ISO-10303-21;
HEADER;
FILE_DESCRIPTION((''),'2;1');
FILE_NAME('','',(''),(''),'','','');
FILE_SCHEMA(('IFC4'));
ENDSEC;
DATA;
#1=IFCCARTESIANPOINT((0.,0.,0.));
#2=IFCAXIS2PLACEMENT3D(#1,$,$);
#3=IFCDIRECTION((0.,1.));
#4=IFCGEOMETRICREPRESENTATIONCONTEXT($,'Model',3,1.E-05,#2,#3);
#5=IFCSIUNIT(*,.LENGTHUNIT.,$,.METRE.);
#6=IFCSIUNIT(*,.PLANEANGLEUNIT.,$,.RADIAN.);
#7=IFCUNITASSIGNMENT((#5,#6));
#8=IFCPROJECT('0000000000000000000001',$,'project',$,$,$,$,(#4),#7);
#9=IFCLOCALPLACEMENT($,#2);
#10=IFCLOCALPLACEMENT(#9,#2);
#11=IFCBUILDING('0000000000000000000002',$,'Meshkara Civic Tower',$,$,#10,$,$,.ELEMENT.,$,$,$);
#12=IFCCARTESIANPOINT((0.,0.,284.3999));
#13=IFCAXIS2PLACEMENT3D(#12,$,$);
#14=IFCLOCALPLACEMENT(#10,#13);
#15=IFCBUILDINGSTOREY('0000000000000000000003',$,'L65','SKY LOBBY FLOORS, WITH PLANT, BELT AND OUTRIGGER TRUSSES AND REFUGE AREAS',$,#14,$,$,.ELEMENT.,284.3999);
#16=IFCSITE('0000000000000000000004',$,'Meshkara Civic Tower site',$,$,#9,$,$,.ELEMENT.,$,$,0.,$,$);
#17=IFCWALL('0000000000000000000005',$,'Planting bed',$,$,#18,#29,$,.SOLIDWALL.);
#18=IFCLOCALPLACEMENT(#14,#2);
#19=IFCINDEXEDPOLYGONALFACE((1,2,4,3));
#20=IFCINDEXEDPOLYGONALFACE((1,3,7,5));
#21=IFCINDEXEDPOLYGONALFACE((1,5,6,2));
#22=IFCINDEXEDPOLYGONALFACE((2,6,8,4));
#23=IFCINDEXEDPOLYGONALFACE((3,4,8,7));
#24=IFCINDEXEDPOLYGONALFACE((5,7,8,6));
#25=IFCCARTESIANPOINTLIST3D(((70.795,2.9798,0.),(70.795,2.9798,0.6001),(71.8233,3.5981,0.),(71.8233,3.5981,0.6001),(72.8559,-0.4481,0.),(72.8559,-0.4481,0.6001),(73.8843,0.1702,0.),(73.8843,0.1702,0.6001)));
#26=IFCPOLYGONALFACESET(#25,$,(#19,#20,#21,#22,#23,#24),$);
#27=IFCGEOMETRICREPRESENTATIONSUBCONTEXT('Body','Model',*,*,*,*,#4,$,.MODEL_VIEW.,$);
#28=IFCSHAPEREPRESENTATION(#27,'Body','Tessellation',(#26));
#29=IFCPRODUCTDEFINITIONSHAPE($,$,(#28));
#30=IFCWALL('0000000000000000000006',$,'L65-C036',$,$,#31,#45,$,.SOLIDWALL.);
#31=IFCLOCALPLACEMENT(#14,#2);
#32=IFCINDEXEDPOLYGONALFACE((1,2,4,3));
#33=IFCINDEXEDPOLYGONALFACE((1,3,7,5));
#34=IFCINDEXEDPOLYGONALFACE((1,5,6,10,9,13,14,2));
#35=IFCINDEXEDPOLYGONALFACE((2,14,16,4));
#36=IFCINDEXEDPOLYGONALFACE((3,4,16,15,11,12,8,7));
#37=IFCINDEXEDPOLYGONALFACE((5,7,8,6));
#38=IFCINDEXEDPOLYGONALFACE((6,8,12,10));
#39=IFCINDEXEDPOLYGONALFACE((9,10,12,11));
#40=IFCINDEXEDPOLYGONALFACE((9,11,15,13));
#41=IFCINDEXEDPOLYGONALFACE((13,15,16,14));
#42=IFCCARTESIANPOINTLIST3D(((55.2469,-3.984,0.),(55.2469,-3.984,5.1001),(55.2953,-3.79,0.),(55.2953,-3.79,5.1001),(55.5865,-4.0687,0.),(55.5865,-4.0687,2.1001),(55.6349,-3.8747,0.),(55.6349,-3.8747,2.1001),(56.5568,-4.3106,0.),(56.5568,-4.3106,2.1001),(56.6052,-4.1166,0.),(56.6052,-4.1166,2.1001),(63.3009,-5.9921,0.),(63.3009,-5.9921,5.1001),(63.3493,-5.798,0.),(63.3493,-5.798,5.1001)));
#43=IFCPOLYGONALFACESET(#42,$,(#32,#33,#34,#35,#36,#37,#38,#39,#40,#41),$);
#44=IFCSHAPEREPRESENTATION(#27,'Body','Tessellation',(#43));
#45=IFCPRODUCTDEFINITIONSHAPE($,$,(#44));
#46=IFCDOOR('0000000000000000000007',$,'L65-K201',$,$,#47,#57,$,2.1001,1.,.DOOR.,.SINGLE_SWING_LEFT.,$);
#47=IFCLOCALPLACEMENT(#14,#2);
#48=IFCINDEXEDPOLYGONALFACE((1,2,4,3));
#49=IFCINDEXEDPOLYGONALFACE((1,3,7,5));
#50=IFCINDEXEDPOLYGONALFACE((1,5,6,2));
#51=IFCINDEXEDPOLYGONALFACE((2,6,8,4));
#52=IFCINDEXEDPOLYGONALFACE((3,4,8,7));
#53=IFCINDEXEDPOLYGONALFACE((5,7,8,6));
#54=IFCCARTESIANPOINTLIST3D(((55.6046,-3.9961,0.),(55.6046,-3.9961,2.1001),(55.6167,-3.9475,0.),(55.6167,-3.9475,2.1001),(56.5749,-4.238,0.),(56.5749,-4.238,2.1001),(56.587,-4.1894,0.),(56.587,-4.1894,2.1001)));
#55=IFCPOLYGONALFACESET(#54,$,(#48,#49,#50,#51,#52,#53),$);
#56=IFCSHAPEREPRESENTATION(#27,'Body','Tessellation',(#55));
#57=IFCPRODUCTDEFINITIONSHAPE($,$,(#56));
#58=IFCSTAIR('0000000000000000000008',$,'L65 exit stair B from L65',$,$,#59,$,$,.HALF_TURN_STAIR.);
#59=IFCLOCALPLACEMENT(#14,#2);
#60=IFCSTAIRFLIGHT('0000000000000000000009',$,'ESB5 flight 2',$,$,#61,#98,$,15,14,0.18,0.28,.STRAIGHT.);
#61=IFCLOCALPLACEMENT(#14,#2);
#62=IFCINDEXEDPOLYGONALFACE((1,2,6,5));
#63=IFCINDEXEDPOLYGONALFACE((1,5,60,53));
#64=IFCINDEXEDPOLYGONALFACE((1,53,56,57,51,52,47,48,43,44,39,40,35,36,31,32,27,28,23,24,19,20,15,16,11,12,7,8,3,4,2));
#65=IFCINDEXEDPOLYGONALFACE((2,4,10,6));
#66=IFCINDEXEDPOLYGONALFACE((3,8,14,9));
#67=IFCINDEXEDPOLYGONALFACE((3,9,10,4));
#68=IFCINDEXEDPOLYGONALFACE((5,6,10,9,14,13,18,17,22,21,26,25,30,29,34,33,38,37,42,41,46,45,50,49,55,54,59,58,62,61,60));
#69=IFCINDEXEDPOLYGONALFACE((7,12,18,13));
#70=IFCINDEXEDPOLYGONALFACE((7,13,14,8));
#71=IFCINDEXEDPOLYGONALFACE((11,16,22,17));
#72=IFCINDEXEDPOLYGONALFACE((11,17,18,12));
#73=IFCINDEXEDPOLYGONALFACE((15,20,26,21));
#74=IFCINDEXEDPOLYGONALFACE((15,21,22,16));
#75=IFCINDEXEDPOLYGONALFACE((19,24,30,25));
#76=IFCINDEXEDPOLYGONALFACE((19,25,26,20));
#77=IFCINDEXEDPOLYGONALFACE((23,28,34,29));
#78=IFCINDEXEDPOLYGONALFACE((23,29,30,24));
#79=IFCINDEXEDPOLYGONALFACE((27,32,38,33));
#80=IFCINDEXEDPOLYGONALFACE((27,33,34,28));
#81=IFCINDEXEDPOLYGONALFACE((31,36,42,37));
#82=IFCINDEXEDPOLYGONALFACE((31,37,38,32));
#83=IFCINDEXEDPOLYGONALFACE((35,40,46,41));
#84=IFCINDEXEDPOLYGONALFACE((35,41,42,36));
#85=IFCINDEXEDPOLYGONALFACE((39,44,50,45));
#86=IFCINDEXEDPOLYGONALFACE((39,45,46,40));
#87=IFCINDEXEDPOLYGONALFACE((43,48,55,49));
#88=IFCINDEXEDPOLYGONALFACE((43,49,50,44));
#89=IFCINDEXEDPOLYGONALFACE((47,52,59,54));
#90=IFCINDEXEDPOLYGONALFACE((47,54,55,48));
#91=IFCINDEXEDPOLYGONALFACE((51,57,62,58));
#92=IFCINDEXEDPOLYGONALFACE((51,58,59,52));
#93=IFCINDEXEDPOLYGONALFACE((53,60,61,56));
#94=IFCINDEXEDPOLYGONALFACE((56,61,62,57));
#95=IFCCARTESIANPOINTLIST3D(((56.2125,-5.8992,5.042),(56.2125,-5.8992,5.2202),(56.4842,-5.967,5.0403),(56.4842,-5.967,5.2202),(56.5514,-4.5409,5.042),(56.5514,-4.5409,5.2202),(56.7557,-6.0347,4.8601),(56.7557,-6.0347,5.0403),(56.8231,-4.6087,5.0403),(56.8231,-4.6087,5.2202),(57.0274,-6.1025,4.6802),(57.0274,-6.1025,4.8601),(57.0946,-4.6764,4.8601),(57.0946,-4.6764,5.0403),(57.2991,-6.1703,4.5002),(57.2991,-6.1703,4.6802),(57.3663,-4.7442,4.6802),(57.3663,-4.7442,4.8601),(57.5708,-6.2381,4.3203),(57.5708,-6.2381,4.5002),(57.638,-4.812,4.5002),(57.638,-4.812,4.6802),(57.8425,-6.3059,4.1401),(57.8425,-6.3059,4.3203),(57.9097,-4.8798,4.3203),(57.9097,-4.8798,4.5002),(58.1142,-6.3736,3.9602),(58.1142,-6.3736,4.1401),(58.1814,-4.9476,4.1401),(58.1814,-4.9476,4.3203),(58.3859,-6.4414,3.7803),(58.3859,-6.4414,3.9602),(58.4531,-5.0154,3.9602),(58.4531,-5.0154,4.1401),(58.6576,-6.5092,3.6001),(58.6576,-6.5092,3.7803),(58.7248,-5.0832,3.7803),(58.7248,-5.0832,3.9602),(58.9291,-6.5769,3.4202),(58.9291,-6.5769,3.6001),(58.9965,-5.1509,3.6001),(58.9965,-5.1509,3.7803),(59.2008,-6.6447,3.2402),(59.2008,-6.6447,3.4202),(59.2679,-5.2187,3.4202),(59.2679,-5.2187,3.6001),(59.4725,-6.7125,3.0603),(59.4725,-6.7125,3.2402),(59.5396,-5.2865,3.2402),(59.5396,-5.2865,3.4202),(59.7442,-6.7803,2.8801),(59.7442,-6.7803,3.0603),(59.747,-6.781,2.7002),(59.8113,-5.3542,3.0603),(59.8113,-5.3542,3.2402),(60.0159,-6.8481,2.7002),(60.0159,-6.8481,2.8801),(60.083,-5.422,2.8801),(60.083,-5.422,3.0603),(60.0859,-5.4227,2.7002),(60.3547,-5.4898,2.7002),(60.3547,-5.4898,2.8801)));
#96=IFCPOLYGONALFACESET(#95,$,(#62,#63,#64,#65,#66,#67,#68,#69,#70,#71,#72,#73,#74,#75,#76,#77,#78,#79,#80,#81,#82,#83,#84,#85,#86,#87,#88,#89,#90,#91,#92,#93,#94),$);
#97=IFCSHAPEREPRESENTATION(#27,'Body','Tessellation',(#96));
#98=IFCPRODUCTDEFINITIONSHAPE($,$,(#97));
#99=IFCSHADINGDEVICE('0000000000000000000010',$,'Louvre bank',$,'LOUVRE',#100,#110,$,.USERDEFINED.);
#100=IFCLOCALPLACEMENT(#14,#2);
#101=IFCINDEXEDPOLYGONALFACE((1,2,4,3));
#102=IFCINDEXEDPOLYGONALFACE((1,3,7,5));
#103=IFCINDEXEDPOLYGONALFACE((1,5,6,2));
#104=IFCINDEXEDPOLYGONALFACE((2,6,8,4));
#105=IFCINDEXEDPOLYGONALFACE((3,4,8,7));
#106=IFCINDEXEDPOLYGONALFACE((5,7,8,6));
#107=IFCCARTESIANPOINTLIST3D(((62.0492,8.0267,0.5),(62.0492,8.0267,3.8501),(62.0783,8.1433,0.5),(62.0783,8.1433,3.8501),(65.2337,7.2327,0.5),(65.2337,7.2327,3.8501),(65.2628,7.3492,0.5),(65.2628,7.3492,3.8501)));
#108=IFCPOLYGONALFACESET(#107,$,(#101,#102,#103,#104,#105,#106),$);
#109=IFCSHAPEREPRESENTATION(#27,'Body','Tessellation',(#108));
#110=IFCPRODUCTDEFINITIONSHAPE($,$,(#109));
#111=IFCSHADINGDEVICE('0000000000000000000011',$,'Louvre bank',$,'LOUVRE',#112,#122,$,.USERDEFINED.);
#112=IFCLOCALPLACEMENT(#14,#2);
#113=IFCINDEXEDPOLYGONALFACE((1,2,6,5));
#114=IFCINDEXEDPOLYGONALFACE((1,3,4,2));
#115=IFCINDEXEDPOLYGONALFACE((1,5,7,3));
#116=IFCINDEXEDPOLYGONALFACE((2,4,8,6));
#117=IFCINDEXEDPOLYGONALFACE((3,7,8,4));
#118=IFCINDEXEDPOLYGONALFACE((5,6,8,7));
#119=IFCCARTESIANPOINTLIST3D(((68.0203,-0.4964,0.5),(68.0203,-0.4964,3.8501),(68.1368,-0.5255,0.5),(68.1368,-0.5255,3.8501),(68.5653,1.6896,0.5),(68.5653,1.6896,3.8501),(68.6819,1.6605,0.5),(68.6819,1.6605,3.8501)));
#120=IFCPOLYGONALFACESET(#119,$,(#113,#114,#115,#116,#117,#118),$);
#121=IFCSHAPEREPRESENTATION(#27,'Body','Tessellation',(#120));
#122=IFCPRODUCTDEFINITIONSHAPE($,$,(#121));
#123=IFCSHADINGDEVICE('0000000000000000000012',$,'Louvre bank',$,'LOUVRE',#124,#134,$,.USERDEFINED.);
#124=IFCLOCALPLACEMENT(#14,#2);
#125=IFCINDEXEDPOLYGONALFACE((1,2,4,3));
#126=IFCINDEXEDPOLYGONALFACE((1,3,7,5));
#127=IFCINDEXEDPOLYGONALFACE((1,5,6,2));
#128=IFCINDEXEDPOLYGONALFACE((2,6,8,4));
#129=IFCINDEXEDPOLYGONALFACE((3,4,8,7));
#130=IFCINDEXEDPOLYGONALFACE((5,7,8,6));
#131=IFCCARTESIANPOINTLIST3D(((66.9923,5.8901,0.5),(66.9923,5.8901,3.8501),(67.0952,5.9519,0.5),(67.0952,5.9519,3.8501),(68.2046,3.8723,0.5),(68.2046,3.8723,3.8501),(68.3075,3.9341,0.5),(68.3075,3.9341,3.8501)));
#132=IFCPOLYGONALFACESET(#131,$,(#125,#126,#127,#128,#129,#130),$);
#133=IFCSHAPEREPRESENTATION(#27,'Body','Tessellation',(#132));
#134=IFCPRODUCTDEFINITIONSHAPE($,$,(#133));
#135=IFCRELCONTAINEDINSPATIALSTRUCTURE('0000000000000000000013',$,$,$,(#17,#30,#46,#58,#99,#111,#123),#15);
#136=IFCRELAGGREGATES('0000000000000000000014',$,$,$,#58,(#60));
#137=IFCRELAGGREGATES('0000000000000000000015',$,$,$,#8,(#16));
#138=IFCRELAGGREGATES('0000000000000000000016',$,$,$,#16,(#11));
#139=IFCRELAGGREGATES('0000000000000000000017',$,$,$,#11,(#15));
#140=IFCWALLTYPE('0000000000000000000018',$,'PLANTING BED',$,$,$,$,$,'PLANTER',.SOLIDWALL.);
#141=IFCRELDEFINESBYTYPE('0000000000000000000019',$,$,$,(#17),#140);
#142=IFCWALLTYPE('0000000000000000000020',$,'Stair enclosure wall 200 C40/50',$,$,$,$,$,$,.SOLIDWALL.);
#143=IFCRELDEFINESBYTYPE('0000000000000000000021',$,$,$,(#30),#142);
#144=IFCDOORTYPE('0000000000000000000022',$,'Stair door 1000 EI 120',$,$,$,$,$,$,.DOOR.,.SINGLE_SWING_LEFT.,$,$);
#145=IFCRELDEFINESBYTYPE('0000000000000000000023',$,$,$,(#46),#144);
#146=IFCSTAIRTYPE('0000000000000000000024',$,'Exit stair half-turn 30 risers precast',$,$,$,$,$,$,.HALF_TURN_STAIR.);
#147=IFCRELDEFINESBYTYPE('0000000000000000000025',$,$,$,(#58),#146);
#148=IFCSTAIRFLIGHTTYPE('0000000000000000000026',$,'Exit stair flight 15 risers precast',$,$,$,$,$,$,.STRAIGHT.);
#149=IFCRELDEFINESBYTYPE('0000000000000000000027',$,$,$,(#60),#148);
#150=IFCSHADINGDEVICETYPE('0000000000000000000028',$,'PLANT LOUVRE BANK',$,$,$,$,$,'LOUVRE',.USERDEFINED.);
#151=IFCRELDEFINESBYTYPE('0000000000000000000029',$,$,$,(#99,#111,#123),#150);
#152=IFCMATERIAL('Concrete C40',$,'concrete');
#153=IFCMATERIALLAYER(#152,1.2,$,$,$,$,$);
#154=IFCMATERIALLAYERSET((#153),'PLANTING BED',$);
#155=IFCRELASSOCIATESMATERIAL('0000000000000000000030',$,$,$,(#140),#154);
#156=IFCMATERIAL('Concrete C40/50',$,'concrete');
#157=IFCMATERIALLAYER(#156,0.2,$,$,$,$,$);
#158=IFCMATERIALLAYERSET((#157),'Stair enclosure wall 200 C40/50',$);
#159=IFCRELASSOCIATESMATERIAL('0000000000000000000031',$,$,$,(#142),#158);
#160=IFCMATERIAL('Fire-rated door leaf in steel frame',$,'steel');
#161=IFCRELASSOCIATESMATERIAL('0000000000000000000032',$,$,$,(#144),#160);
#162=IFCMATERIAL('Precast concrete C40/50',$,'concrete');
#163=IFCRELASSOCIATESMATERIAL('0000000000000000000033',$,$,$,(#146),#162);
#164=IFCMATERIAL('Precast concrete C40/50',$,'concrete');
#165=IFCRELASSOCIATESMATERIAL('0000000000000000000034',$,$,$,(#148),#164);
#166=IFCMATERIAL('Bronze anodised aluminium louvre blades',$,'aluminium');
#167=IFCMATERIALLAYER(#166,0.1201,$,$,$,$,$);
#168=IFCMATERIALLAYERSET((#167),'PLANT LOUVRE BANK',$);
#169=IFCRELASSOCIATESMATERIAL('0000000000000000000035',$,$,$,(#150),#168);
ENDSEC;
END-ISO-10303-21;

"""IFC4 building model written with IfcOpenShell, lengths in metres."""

from ifc_helpers import new_model, si_unit, direction, frame, frame_2d, origin, origin_2d, place, context, subcontext, project, spatial, polyline, rectangle, outline, extrude, material, layer, layer_set, type_object, element, fill, aggregate, save


model = new_model("IFC4")

# Units and contexts
model_context = context("Model", 3, precision=1e-05, world=origin(), true_north=direction((0.0, 1.0)))
body_context = subcontext(model_context, "Body", "Model", "MODEL_VIEW")
ifc_project = project(units=[si_unit("LENGTHUNIT", "METRE"), si_unit("PLANEANGLEUNIT", "RADIAN")], contexts=[model_context])

# Site, building, storey
site_placement = place(None, origin())
site = spatial("IfcSite", under=ifc_project, at=site_placement, Name="Meshkara Civic Tower site", CompositionType="ELEMENT", RefElevation=0.0)
building_placement = place(site_placement, origin())
building = spatial("IfcBuilding", under=site, at=building_placement, Name="Meshkara Civic Tower", CompositionType="ELEMENT")
storey_placement = place(building_placement, frame((0.0, 0.0, 284.3999)))
storey = spatial("IfcBuildingStorey", under=building, at=storey_placement, Name="L65", Description="SKY LOBBY FLOORS, WITH PLANT, BELT AND OUTRIGGER TRUSSES AND REFUGE AREAS", CompositionType="ELEMENT", Elevation=284.3999)

# Wall
ifc_material_1 = material(Name="Concrete C40", Category="concrete")
ifc_layer_1 = layer(ifc_material_1, 1.2)
ifc_layer_set_1 = layer_set([ifc_layer_1], Name="PLANTING BED")
wall_type_1 = type_object("IfcWallType", Name="PLANTING BED", ElementType="PLANTER", PredefinedType="SOLIDWALL", material=ifc_layer_set_1)
wall_1_placement = place(storey_placement, frame((71.3091, 3.2891, 0.0), z_axis=(0.0, 0.0, 1.0), x_axis=(0.515276, -0.857024, 0.0)))
element("IfcWall", 1, at=wall_1_placement, inside=storey, type_object=wall_type_1, Name="Planting bed", PredefinedType="SOLIDWALL", context=body_context, shape_type="SweptSolid", body=[
    extrude(rectangle(XDim=3.9998, YDim=1.2, at=frame_2d((2.0, 0.0))), origin(), (0.0, 0.0, 1.0), 0.6001),
])

# Wall, opening, door
ifc_material_2 = material(Name="Concrete C40/50", Category="concrete")
ifc_layer_2 = layer(ifc_material_2, 0.2)
ifc_layer_set_2 = layer_set([ifc_layer_2], Name="Stair enclosure wall 200 C40/50")
wall_type_2 = type_object("IfcWallType", Name="Stair enclosure wall 200 C40/50", PredefinedType="SOLIDWALL", material=ifc_layer_set_2)
wall_2_placement = place(storey_placement, frame((55.271, -3.887, 0.0), z_axis=(0.0, 0.0, 1.0), x_axis=(0.970296, -0.24192, 0.0)))
wall_2 = element("IfcWall", 2, at=wall_2_placement, inside=storey, type_object=wall_type_2, Name="L65-C036", PredefinedType="SOLIDWALL", context=body_context, shape_type="SweptSolid", body=[
    extrude(rectangle(XDim=8.3005, YDim=0.2, at=frame_2d((4.1504, 0.0))), origin(), (0.0, 0.0, 1.0), 5.1001),
])
opening_1_placement = place(wall_2_placement, frame((0.3501, 0.0, 0.0)))
opening_1 = element("IfcOpeningElement", 3, at=opening_1_placement, cuts=wall_2, PredefinedType="OPENING", context=body_context, shape_type="SweptSolid", body=[
    extrude(rectangle(XDim=1.0, YDim=2.1001, at=frame_2d((0.5, 1.05))), frame((0.0, 0.1099, 0.0), z_axis=(0.0, -1.0, 0.0), x_axis=(1.0, 0.0, 0.0)), (0.0, 0.0, 1.0), 0.22),
])
ifc_material_3 = material(Name="Fire-rated door leaf in steel frame", Category="steel")
door_type_1 = type_object("IfcDoorType", Name="Stair door 1000 EI 120", OperationType="SINGLE_SWING_LEFT", PredefinedType="DOOR", material=ifc_material_3)
door_1_placement = place(opening_1_placement, origin())
door_1 = element("IfcDoor", 4, at=door_1_placement, inside=storey, type_object=door_type_1, Name="L65-K201", OperationType="SINGLE_SWING_LEFT", OverallHeight=2.1001, OverallWidth=1.0, PredefinedType="DOOR", context=body_context, shape_type="SweptSolid", body=[
    extrude(rectangle(XDim=1.0, YDim=2.1001, at=frame_2d((0.5, 1.05))), frame((0.0, 0.0249, 0.0), z_axis=(0.0, -1.0, 0.0), x_axis=(1.0, 0.0, 0.0)), (0.0, 0.0, 1.0), 0.05),
])
fill(opening_1, door_1)

# Stair, stair flight
ifc_material_4 = material(Name="Precast concrete C40/50", Category="concrete")
stair_type = type_object("IfcStairType", Name="Exit stair half-turn 30 risers precast", PredefinedType="HALF_TURN_STAIR", material=ifc_material_4)
stair_placement = place(storey_placement, origin())
stair = element("IfcStair", 5, at=stair_placement, inside=storey, type_object=stair_type, Name="L65 exit stair B from L65", PredefinedType="HALF_TURN_STAIR")
ifc_material_5 = material(Name="Precast concrete C40/50", Category="concrete")
stair_flight_type = type_object("IfcStairFlightType", Name="Exit stair flight 15 risers precast", PredefinedType="STRAIGHT", material=ifc_material_5)
stair_flight_placement = place(storey_placement, frame((60.1853, -6.1689, 2.7002), z_axis=(0.0, 0.0, 1.0), x_axis=(-0.97026, 0.242065, 0.0)))
stair_flight = element("IfcStairFlight", 6, at=stair_flight_placement, type_object=stair_flight_type, Name="ESB5 flight 2", NumberOfRisers=15, NumberOfTreads=14, PredefinedType="STRAIGHT", RiserHeight=0.18, TreadLength=0.28, context=body_context, shape_type="SweptSolid", body=[
    extrude(outline(polyline([(0.0, 0.0), (0.0, 0.1799), (0.28, 0.1799), (0.28, 0.3601), (0.5601, 0.3601), (0.5601, 0.54), (0.8401, 0.54), (0.8401, 0.72), (1.1201, 0.72), (1.1201, 0.8999), (1.3999, 0.8999), (1.3999, 1.0801), (1.6799, 1.0801), (1.6799, 1.26), (1.96, 1.26), (1.96, 1.4399), (2.24, 1.4399), (2.24, 1.6201), (2.52, 1.6201), (2.52, 1.8), (2.8, 1.8), (2.8, 1.98), (3.0801, 1.98), (3.0801, 2.1599), (3.3601, 2.1599), (3.3601, 2.3401), (3.6399, 2.3401), (3.6399, 2.52), (3.9199, 2.52), (3.9199, 2.7), (3.9199, 2.3418), (0.2771, 0.0), (0.0, 0.0)])), frame((0.0, 0.7, 0.0), z_axis=(0.0, -1.0, 0.0), x_axis=(1.0, 0.0, 0.0)), (0.0, 0.0, 1.0), 1.3999),
])
aggregate(stair, [stair_flight])

# Shading devices
ifc_material_6 = material(Name="Bronze anodised aluminium louvre blades", Category="aluminium")
ifc_layer_3 = layer(ifc_material_6, 0.1201)
ifc_layer_set_3 = layer_set([ifc_layer_3], Name="PLANT LOUVRE BANK")
shading_device_type = type_object("IfcShadingDeviceType", Name="PLANT LOUVRE BANK", ElementType="LOUVRE", PredefinedType="USERDEFINED", material=ifc_layer_set_3)
shading_device_1_placement = place(storey_placement, frame((63.656, 7.688, 0.5), z_axis=(0.0, 0.0, 1.0), x_axis=(-0.970292, 0.241939, 0.0)))
element("IfcShadingDevice", 7, at=shading_device_1_placement, inside=storey, type_object=shading_device_type, Name="Louvre bank", ObjectType="LOUVRE", PredefinedType="USERDEFINED", context=body_context, shape_type="SweptSolid", body=[
    extrude(rectangle(XDim=3.282, YDim=0.1201, at=origin_2d()), origin(), (0.0, 0.0, 1.0), 3.3501),
])
shading_device_2_placement = place(storey_placement, frame((68.3511, 0.582, 0.5), z_axis=(0.0, 0.0, 1.0), x_axis=(0.241939, 0.970292, 0.0)))
element("IfcShadingDevice", 8, at=shading_device_2_placement, inside=storey, type_object=shading_device_type, Name="Louvre bank", ObjectType="LOUVRE", PredefinedType="USERDEFINED", context=body_context, shape_type="SweptSolid", body=[
    extrude(rectangle(XDim=2.2529, YDim=0.1201, at=origin_2d()), origin(), (0.0, 0.0, 1.0), 3.3501),
])
shading_device_3_placement = place(storey_placement, frame((67.6499, 4.9121, 0.5), z_axis=(0.0, 0.0, 1.0), x_axis=(-0.515008, 0.857185, 0.0)))
element("IfcShadingDevice", 9, at=shading_device_3_placement, inside=storey, type_object=shading_device_type, Name="Louvre bank", ObjectType="LOUVRE", PredefinedType="USERDEFINED", context=body_context, shape_type="SweptSolid", body=[
    extrude(rectangle(XDim=2.354, YDim=0.1201, at=origin_2d()), origin(), (0.0, 0.0, 1.0), 3.3501),
])

save(model, "model.ifc")
